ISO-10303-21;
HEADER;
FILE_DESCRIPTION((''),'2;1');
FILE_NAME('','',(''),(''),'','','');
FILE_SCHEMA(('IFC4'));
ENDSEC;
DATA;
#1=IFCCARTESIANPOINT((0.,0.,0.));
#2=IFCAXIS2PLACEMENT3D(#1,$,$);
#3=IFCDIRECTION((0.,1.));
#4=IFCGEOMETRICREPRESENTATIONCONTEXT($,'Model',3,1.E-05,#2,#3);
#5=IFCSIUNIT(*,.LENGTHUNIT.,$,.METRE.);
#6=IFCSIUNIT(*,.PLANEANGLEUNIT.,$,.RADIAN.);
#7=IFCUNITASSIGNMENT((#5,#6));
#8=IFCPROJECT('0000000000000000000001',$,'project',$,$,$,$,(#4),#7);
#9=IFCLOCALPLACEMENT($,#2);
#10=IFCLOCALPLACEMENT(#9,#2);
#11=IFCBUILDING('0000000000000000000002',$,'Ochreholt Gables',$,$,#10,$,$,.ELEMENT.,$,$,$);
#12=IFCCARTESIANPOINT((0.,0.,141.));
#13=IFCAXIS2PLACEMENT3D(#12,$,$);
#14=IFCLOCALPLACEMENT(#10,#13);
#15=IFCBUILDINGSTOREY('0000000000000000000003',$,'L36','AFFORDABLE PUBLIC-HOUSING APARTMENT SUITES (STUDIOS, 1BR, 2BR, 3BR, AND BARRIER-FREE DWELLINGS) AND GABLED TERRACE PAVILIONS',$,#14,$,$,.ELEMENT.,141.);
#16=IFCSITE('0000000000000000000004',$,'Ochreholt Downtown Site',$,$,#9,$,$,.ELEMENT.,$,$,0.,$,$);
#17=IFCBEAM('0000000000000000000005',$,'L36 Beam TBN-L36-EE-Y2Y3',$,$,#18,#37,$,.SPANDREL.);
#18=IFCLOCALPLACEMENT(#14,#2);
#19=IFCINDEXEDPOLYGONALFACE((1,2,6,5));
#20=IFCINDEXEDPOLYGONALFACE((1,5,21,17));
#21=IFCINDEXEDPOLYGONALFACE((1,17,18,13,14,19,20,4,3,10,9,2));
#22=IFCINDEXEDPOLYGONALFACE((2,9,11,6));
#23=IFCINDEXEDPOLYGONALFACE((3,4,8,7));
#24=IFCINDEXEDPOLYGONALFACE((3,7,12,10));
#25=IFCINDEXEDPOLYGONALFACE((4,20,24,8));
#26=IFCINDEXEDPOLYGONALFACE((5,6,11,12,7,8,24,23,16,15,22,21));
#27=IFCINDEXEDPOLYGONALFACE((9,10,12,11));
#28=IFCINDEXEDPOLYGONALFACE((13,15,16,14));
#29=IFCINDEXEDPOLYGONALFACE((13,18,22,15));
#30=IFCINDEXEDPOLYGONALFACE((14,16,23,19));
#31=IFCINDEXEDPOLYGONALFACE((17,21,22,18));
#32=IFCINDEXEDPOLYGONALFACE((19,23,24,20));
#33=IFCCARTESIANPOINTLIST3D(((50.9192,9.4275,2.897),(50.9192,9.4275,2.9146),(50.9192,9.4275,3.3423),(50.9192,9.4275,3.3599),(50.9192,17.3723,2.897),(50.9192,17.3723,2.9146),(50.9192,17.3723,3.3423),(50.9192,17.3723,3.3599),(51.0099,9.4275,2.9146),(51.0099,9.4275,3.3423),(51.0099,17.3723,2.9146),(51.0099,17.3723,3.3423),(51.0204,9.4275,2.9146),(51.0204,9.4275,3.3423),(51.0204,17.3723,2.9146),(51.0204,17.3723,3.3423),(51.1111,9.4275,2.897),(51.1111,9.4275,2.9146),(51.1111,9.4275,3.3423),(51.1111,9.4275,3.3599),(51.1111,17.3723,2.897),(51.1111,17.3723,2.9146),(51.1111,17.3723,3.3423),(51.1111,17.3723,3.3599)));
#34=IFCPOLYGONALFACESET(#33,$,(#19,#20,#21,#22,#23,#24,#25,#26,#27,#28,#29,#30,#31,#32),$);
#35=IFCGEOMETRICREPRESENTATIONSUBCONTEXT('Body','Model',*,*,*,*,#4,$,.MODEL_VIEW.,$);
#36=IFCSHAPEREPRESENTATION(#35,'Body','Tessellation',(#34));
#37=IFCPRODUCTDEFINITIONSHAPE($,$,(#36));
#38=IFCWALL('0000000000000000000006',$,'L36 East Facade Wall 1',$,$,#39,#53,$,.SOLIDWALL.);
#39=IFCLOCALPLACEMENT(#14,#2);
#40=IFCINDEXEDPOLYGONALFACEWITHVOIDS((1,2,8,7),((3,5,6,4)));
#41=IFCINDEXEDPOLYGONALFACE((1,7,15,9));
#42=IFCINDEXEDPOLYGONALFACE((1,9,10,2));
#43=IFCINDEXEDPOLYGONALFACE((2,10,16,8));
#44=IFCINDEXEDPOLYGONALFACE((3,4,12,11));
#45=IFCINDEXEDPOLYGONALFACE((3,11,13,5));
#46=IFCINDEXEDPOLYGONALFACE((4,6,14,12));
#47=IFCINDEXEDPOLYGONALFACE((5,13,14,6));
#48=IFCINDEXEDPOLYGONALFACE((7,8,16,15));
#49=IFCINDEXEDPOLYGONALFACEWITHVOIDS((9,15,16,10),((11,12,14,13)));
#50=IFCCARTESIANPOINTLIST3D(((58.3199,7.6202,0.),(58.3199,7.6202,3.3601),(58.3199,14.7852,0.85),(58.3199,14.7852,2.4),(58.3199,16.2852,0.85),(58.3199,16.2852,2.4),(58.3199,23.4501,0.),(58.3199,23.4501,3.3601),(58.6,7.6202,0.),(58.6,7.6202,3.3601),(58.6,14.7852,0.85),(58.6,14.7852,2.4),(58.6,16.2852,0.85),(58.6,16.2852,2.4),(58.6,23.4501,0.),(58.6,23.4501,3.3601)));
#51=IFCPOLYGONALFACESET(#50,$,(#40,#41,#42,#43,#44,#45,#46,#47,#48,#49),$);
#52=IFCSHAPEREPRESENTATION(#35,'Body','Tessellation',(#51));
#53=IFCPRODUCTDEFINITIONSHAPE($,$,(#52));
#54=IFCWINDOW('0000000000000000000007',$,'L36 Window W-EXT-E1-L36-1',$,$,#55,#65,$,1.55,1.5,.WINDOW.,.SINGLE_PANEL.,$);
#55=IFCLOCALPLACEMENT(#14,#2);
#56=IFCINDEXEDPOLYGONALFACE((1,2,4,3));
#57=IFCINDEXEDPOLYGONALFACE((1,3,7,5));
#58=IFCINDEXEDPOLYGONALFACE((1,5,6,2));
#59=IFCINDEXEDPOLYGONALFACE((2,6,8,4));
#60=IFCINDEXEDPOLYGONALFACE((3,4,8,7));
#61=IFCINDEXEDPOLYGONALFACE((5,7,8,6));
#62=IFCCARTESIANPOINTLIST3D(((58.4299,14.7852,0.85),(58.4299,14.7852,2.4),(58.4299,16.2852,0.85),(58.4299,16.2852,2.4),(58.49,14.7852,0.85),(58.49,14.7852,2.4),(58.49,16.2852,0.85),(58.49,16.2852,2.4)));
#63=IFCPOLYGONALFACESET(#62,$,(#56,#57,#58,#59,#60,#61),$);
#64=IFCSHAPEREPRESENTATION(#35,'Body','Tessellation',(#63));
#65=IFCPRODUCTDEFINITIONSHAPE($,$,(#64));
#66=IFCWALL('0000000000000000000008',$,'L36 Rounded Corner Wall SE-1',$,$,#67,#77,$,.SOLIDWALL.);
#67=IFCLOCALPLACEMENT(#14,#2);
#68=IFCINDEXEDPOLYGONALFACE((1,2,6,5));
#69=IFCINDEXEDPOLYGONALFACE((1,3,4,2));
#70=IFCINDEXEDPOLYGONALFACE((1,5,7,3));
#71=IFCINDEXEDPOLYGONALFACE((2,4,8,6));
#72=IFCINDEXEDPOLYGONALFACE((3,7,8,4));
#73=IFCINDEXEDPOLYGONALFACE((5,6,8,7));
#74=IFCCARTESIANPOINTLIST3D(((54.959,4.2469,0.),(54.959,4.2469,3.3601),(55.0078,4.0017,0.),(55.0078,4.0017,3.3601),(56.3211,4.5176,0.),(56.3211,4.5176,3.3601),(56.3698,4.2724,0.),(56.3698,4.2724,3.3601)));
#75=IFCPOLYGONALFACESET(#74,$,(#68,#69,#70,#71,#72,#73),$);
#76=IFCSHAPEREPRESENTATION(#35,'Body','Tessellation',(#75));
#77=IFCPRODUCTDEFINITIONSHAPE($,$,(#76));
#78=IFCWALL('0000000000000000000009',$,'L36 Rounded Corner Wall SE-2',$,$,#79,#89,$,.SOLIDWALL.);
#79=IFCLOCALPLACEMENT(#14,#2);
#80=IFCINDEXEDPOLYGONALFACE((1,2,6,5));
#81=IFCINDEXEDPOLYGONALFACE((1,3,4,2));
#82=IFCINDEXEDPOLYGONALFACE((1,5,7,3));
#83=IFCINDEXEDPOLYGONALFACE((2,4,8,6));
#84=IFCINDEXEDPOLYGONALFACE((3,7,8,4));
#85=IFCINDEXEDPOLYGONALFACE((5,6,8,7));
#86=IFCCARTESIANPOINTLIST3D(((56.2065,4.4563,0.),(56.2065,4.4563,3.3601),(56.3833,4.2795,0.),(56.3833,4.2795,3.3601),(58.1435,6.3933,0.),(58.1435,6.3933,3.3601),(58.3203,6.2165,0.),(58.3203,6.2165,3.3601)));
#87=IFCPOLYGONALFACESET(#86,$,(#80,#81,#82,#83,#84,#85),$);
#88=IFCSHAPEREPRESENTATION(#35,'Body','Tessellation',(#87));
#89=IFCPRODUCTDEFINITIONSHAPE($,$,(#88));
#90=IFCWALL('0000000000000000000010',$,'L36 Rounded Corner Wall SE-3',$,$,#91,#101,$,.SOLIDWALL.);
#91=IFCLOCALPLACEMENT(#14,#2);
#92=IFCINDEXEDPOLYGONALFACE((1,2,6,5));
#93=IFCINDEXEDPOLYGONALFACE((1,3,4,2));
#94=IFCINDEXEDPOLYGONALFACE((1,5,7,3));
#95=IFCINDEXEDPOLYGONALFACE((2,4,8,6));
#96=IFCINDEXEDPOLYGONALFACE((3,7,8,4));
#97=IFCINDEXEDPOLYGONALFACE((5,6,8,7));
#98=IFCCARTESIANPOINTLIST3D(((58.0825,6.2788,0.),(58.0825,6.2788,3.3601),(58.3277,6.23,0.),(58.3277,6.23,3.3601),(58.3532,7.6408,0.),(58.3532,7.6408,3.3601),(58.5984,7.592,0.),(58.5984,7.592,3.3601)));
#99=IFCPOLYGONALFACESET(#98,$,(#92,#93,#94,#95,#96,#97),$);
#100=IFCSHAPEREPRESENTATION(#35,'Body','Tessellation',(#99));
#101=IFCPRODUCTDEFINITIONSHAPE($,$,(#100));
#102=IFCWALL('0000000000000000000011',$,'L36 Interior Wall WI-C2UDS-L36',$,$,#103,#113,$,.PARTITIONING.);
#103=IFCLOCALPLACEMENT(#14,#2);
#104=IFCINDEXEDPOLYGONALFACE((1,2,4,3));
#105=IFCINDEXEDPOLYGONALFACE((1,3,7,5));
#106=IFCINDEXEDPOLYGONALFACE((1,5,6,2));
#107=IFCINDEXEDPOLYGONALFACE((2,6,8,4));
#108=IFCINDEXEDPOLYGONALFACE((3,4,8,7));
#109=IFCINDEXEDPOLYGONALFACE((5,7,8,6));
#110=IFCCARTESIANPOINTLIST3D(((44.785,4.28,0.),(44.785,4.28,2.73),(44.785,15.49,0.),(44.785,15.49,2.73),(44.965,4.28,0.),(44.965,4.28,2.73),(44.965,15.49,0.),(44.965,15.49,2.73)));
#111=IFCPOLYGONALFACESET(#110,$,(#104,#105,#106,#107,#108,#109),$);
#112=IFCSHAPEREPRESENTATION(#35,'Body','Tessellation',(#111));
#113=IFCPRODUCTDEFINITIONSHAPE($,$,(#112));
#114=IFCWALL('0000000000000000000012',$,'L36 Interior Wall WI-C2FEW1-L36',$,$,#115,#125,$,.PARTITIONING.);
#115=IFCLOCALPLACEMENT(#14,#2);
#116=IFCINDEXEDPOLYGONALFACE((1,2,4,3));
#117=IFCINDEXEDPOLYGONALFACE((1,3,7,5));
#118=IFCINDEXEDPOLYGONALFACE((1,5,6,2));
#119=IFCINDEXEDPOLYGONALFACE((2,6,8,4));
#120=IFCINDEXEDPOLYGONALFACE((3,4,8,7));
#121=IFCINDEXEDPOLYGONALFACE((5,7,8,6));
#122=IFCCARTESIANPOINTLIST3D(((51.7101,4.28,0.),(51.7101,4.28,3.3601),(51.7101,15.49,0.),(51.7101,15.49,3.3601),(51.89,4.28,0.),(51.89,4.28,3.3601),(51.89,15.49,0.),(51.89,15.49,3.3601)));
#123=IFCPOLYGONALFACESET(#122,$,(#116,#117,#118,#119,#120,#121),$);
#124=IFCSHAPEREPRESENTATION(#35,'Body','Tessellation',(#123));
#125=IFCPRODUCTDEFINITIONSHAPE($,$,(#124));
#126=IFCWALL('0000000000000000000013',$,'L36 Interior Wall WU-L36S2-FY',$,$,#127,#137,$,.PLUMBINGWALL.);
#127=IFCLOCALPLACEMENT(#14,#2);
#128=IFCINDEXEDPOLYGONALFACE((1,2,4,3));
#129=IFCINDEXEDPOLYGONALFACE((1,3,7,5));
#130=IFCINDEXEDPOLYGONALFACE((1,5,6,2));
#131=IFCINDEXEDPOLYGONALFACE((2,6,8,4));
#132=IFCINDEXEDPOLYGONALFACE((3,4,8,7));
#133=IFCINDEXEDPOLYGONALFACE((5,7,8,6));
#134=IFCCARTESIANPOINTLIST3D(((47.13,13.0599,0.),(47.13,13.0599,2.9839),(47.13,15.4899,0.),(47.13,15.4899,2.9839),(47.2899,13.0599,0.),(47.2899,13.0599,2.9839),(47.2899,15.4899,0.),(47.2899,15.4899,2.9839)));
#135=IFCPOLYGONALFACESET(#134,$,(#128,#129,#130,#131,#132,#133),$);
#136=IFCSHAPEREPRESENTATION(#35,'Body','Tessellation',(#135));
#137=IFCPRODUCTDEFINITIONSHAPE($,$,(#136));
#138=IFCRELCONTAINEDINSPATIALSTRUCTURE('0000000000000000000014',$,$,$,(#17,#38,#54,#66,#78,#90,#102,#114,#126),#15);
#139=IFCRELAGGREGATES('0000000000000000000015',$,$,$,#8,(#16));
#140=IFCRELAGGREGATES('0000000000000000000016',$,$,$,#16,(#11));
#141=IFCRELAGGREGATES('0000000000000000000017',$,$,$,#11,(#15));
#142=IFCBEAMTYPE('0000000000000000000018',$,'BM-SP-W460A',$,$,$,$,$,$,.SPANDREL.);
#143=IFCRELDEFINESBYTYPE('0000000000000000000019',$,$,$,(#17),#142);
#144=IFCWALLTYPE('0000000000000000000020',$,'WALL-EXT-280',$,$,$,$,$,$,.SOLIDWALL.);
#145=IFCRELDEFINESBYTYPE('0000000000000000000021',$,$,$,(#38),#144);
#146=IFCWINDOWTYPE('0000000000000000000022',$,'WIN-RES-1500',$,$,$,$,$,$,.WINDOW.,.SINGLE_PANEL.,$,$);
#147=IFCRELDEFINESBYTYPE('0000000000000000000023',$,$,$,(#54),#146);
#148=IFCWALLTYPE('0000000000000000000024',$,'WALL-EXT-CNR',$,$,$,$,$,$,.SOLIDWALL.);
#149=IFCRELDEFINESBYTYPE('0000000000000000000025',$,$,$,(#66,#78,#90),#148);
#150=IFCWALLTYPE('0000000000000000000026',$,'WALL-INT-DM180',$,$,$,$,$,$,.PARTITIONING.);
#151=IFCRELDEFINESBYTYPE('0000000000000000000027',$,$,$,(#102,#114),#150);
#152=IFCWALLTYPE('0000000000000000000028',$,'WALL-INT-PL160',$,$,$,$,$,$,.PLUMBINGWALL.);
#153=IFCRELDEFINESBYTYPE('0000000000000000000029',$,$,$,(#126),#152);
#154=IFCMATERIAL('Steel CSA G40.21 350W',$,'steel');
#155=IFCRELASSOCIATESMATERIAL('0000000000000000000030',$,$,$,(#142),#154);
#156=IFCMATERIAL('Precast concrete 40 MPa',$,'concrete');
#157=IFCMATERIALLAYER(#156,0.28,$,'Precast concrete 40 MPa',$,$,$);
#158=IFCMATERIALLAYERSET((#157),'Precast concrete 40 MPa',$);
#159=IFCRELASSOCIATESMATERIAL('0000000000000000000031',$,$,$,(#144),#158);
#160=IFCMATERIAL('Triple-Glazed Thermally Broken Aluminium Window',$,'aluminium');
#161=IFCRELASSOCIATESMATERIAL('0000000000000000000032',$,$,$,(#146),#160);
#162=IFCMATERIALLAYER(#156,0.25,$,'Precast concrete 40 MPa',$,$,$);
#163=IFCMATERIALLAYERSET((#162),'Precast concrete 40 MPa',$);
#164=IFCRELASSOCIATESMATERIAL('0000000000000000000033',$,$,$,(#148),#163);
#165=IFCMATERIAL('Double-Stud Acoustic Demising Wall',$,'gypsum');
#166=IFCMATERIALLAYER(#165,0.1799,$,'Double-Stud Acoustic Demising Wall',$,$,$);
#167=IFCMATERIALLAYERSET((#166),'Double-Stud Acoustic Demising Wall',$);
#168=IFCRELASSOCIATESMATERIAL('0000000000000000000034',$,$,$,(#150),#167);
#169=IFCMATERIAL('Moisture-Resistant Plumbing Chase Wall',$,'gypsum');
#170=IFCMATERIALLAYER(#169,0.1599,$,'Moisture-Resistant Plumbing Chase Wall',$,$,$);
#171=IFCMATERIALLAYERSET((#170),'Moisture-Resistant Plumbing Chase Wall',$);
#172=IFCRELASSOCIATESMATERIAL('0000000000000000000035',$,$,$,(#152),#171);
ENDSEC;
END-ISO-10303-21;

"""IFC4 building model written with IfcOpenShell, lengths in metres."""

from ifc_helpers import new_model, si_unit, direction, frame, frame_2d, origin, origin_2d, place, context, subcontext, project, spatial, rectangle, i_section, extrude, material, layer, layer_set, material_profile, profile_set, type_object, element, fill, save


model = new_model("IFC4")

# Units and contexts
model_context = context("Model", 3, precision=1e-05, world=origin(), true_north=direction((0.0, 1.0)))
body_context = subcontext(model_context, "Body", "Model", "MODEL_VIEW")
ifc_project = project(units=[si_unit("LENGTHUNIT", "METRE"), si_unit("PLANEANGLEUNIT", "RADIAN")], contexts=[model_context])

# Site, building, storey
site_placement = place(None, origin())
site = spatial("IfcSite", under=ifc_project, at=site_placement, Name="Ochreholt Downtown Site", CompositionType="ELEMENT", RefElevation=0.0)
building_placement = place(site_placement, origin())
building = spatial("IfcBuilding", under=site, at=building_placement, Name="Ochreholt Gables", CompositionType="ELEMENT")
storey_placement = place(building_placement, frame((0.0, 0.0, 141.0)))
storey = spatial("IfcBuildingStorey", under=building, at=storey_placement, Name="L36", Description="AFFORDABLE PUBLIC-HOUSING APARTMENT SUITES (STUDIOS, 1BR, 2BR, 3BR, AND BARRIER-FREE DWELLINGS) AND GABLED TERRACE PAVILIONS", CompositionType="ELEMENT", Elevation=141.0)

# Shared definitions
ifc_material_1 = material(Name="Steel CSA G40.21 350W", Category="steel")

# Beam
ifc_material_profile_1 = material_profile(ifc_material_1, i_section(OverallWidth=0.1919, OverallDepth=0.4629, WebThickness=0.0105, FlangeThickness=0.0176, at=origin_2d()), Name="W460X89")
ifc_profile_set_1 = profile_set([ifc_material_profile_1], Name="Steel CSA G40.21 350W")
beam_type_1 = type_object("IfcBeamType", Name="BM-SP-W460A", PredefinedType="SPANDREL", material=ifc_profile_set_1)
beam_1_placement = place(storey_placement, frame((51.0151, 9.4275, 3.1284), z_axis=(0.0, 1.0, 0.0), x_axis=(-1.0, 0.0, 0.0)))
element("IfcBeam", 1, at=beam_1_placement, inside=storey, type_object=beam_type_1, Name="L36 Beam TBN-L36-EE-Y2Y3", PredefinedType="SPANDREL", context=body_context, shape_type="SweptSolid", body=[
    extrude(i_section(OverallWidth=0.1919, OverallDepth=0.4629, WebThickness=0.0105, FlangeThickness=0.0176, at=origin_2d()), origin(), (0.0, 0.0, 1.0), 7.9448),
])

# Wall, opening, window
ifc_material_2 = material(Name="Precast concrete 40 MPa", Category="concrete")
ifc_layer_1 = layer(ifc_material_2, 0.28, Name="Precast concrete 40 MPa")
ifc_layer_set_1 = layer_set([ifc_layer_1], Name="Precast concrete 40 MPa")
wall_type_1 = type_object("IfcWallType", Name="WALL-EXT-280", PredefinedType="SOLIDWALL", material=ifc_layer_set_1)
wall_1_placement = place(storey_placement, frame((58.46, 7.6201, 0.0), z_axis=(0.0, 0.0, 1.0), x_axis=(0.0, 1.0, 0.0)))
wall_1 = element("IfcWall", 2, at=wall_1_placement, inside=storey, type_object=wall_type_1, Name="L36 East Facade Wall 1", PredefinedType="SOLIDWALL", context=body_context, shape_type="SweptSolid", body=[
    extrude(rectangle(XDim=15.8298, YDim=0.28, at=frame_2d((7.915, 0.0))), origin(), (0.0, 0.0, 1.0), 3.3601),
])
opening_placement = place(wall_1_placement, frame((7.165, 0.0, 0.8501)))
opening = element("IfcOpeningElement", 3, at=opening_placement, cuts=wall_1, PredefinedType="OPENING", context=body_context, shape_type="SweptSolid", body=[
    extrude(rectangle(XDim=1.5, YDim=1.55, at=frame_2d((0.75, 0.7749))), frame((0.0, 0.1499, 0.0), z_axis=(0.0, -1.0, 0.0), x_axis=(1.0, 0.0, 0.0)), (0.0, 0.0, 1.0), 0.3),
])
ifc_material_3 = material(Name="Triple-Glazed Thermally Broken Aluminium Window", Category="aluminium")
window_type = type_object("IfcWindowType", Name="WIN-RES-1500", PartitioningType="SINGLE_PANEL", PredefinedType="WINDOW", material=ifc_material_3)
window_placement = place(opening_placement, origin())
window = element("IfcWindow", 4, at=window_placement, inside=storey, type_object=window_type, Name="L36 Window W-EXT-E1-L36-1", OverallHeight=1.55, OverallWidth=1.5, PartitioningType="SINGLE_PANEL", PredefinedType="WINDOW", context=body_context, shape_type="SweptSolid", body=[
    extrude(rectangle(XDim=1.5, YDim=1.55, at=frame_2d((0.75, 0.7749))), frame((0.0, 0.03, 0.0), z_axis=(0.0, -1.0, 0.0), x_axis=(1.0, 0.0, 0.0)), (0.0, 0.0, 1.0), 0.0601),
])
fill(opening, window)

# Walls
ifc_layer_2 = layer(ifc_material_2, 0.25, Name="Precast concrete 40 MPa")
ifc_layer_set_2 = layer_set([ifc_layer_2], Name="Precast concrete 40 MPa")
wall_type_2 = type_object("IfcWallType", Name="WALL-EXT-CNR", PredefinedType="SOLIDWALL", material=ifc_layer_set_2)
wall_2_placement = place(storey_placement, frame((54.9834, 4.1243, 0.0), z_axis=(0.0, 0.0, 1.0), x_axis=(0.98081, 0.194967, 0.0)))
element("IfcWall", 5, at=wall_2_placement, inside=storey, type_object=wall_type_2, Name="L36 Rounded Corner Wall SE-1", PredefinedType="SOLIDWALL", context=body_context, shape_type="SweptSolid", body=[
    extrude(rectangle(XDim=1.3887, YDim=0.25, at=frame_2d((0.6943, 0.0))), origin(), (0.0, 0.0, 1.0), 3.3601),
])
wall_3_placement = place(storey_placement, frame((56.2949, 4.3679, 0.0), z_axis=(0.0, 0.0, 1.0), x_axis=(0.707107, 0.707107, 0.0)))
element("IfcWall", 6, at=wall_3_placement, inside=storey, type_object=wall_type_2, Name="L36 Rounded Corner Wall SE-2", PredefinedType="SOLIDWALL", context=body_context, shape_type="SweptSolid", body=[
    extrude(rectangle(XDim=2.7393, YDim=0.25, at=frame_2d((1.3696, 0.0))), origin(), (0.0, 0.0, 1.0), 3.3601),
])
wall_4_placement = place(storey_placement, frame((58.2051, 6.2544, 0.0), z_axis=(0.0, 0.0, 1.0), x_axis=(0.194967, 0.98081, 0.0)))
element("IfcWall", 7, at=wall_4_placement, inside=storey, type_object=wall_type_2, Name="L36 Rounded Corner Wall SE-3", PredefinedType="SOLIDWALL", context=body_context, shape_type="SweptSolid", body=[
    extrude(rectangle(XDim=1.3887, YDim=0.25, at=frame_2d((0.6943, 0.0))), origin(), (0.0, 0.0, 1.0), 3.3601),
])
ifc_material_4 = material(Name="Double-Stud Acoustic Demising Wall", Category="gypsum")
ifc_layer_3 = layer(ifc_material_4, 0.1799, Name="Double-Stud Acoustic Demising Wall")
ifc_layer_set_3 = layer_set([ifc_layer_3], Name="Double-Stud Acoustic Demising Wall")
wall_type_3 = type_object("IfcWallType", Name="WALL-INT-DM180", PredefinedType="PARTITIONING", material=ifc_layer_set_3)
wall_5_placement = place(storey_placement, frame((44.875, 4.28, 0.0), z_axis=(0.0, 0.0, 1.0), x_axis=(0.0, 1.0, 0.0)))
element("IfcWall", 8, at=wall_5_placement, inside=storey, type_object=wall_type_3, Name="L36 Interior Wall WI-C2UDS-L36", PredefinedType="PARTITIONING", context=body_context, shape_type="SweptSolid", body=[
    extrude(rectangle(XDim=11.21, YDim=0.1799, at=frame_2d((5.605, 0.0))), origin(), (0.0, 0.0, 1.0), 2.73),
])
wall_6_placement = place(storey_placement, frame((51.8, 4.28, 0.0), z_axis=(0.0, 0.0, 1.0), x_axis=(0.0, 1.0, 0.0)))
element("IfcWall", 9, at=wall_6_placement, inside=storey, type_object=wall_type_3, Name="L36 Interior Wall WI-C2FEW1-L36", PredefinedType="PARTITIONING", context=body_context, shape_type="SweptSolid", body=[
    extrude(rectangle(XDim=11.21, YDim=0.1799, at=frame_2d((5.605, 0.0))), origin(), (0.0, 0.0, 1.0), 3.3601),
])
ifc_material_5 = material(Name="Moisture-Resistant Plumbing Chase Wall", Category="gypsum")
ifc_layer_4 = layer(ifc_material_5, 0.1599, Name="Moisture-Resistant Plumbing Chase Wall")
ifc_layer_set_4 = layer_set([ifc_layer_4], Name="Moisture-Resistant Plumbing Chase Wall")
wall_type_4 = type_object("IfcWallType", Name="WALL-INT-PL160", PredefinedType="PLUMBINGWALL", material=ifc_layer_set_4)
wall_7_placement = place(storey_placement, frame((47.21, 13.0601, 0.0), z_axis=(0.0, 0.0, 1.0), x_axis=(0.0, 1.0, 0.0)))
element("IfcWall", 10, at=wall_7_placement, inside=storey, type_object=wall_type_4, Name="L36 Interior Wall WU-L36S2-FY", PredefinedType="PLUMBINGWALL", context=body_context, shape_type="SweptSolid", body=[
    extrude(rectangle(XDim=2.4299, YDim=0.1599, at=frame_2d((1.2148, 0.0))), origin(), (0.0, 0.0, 1.0), 2.9839),
])

save(model, "model.ifc")
